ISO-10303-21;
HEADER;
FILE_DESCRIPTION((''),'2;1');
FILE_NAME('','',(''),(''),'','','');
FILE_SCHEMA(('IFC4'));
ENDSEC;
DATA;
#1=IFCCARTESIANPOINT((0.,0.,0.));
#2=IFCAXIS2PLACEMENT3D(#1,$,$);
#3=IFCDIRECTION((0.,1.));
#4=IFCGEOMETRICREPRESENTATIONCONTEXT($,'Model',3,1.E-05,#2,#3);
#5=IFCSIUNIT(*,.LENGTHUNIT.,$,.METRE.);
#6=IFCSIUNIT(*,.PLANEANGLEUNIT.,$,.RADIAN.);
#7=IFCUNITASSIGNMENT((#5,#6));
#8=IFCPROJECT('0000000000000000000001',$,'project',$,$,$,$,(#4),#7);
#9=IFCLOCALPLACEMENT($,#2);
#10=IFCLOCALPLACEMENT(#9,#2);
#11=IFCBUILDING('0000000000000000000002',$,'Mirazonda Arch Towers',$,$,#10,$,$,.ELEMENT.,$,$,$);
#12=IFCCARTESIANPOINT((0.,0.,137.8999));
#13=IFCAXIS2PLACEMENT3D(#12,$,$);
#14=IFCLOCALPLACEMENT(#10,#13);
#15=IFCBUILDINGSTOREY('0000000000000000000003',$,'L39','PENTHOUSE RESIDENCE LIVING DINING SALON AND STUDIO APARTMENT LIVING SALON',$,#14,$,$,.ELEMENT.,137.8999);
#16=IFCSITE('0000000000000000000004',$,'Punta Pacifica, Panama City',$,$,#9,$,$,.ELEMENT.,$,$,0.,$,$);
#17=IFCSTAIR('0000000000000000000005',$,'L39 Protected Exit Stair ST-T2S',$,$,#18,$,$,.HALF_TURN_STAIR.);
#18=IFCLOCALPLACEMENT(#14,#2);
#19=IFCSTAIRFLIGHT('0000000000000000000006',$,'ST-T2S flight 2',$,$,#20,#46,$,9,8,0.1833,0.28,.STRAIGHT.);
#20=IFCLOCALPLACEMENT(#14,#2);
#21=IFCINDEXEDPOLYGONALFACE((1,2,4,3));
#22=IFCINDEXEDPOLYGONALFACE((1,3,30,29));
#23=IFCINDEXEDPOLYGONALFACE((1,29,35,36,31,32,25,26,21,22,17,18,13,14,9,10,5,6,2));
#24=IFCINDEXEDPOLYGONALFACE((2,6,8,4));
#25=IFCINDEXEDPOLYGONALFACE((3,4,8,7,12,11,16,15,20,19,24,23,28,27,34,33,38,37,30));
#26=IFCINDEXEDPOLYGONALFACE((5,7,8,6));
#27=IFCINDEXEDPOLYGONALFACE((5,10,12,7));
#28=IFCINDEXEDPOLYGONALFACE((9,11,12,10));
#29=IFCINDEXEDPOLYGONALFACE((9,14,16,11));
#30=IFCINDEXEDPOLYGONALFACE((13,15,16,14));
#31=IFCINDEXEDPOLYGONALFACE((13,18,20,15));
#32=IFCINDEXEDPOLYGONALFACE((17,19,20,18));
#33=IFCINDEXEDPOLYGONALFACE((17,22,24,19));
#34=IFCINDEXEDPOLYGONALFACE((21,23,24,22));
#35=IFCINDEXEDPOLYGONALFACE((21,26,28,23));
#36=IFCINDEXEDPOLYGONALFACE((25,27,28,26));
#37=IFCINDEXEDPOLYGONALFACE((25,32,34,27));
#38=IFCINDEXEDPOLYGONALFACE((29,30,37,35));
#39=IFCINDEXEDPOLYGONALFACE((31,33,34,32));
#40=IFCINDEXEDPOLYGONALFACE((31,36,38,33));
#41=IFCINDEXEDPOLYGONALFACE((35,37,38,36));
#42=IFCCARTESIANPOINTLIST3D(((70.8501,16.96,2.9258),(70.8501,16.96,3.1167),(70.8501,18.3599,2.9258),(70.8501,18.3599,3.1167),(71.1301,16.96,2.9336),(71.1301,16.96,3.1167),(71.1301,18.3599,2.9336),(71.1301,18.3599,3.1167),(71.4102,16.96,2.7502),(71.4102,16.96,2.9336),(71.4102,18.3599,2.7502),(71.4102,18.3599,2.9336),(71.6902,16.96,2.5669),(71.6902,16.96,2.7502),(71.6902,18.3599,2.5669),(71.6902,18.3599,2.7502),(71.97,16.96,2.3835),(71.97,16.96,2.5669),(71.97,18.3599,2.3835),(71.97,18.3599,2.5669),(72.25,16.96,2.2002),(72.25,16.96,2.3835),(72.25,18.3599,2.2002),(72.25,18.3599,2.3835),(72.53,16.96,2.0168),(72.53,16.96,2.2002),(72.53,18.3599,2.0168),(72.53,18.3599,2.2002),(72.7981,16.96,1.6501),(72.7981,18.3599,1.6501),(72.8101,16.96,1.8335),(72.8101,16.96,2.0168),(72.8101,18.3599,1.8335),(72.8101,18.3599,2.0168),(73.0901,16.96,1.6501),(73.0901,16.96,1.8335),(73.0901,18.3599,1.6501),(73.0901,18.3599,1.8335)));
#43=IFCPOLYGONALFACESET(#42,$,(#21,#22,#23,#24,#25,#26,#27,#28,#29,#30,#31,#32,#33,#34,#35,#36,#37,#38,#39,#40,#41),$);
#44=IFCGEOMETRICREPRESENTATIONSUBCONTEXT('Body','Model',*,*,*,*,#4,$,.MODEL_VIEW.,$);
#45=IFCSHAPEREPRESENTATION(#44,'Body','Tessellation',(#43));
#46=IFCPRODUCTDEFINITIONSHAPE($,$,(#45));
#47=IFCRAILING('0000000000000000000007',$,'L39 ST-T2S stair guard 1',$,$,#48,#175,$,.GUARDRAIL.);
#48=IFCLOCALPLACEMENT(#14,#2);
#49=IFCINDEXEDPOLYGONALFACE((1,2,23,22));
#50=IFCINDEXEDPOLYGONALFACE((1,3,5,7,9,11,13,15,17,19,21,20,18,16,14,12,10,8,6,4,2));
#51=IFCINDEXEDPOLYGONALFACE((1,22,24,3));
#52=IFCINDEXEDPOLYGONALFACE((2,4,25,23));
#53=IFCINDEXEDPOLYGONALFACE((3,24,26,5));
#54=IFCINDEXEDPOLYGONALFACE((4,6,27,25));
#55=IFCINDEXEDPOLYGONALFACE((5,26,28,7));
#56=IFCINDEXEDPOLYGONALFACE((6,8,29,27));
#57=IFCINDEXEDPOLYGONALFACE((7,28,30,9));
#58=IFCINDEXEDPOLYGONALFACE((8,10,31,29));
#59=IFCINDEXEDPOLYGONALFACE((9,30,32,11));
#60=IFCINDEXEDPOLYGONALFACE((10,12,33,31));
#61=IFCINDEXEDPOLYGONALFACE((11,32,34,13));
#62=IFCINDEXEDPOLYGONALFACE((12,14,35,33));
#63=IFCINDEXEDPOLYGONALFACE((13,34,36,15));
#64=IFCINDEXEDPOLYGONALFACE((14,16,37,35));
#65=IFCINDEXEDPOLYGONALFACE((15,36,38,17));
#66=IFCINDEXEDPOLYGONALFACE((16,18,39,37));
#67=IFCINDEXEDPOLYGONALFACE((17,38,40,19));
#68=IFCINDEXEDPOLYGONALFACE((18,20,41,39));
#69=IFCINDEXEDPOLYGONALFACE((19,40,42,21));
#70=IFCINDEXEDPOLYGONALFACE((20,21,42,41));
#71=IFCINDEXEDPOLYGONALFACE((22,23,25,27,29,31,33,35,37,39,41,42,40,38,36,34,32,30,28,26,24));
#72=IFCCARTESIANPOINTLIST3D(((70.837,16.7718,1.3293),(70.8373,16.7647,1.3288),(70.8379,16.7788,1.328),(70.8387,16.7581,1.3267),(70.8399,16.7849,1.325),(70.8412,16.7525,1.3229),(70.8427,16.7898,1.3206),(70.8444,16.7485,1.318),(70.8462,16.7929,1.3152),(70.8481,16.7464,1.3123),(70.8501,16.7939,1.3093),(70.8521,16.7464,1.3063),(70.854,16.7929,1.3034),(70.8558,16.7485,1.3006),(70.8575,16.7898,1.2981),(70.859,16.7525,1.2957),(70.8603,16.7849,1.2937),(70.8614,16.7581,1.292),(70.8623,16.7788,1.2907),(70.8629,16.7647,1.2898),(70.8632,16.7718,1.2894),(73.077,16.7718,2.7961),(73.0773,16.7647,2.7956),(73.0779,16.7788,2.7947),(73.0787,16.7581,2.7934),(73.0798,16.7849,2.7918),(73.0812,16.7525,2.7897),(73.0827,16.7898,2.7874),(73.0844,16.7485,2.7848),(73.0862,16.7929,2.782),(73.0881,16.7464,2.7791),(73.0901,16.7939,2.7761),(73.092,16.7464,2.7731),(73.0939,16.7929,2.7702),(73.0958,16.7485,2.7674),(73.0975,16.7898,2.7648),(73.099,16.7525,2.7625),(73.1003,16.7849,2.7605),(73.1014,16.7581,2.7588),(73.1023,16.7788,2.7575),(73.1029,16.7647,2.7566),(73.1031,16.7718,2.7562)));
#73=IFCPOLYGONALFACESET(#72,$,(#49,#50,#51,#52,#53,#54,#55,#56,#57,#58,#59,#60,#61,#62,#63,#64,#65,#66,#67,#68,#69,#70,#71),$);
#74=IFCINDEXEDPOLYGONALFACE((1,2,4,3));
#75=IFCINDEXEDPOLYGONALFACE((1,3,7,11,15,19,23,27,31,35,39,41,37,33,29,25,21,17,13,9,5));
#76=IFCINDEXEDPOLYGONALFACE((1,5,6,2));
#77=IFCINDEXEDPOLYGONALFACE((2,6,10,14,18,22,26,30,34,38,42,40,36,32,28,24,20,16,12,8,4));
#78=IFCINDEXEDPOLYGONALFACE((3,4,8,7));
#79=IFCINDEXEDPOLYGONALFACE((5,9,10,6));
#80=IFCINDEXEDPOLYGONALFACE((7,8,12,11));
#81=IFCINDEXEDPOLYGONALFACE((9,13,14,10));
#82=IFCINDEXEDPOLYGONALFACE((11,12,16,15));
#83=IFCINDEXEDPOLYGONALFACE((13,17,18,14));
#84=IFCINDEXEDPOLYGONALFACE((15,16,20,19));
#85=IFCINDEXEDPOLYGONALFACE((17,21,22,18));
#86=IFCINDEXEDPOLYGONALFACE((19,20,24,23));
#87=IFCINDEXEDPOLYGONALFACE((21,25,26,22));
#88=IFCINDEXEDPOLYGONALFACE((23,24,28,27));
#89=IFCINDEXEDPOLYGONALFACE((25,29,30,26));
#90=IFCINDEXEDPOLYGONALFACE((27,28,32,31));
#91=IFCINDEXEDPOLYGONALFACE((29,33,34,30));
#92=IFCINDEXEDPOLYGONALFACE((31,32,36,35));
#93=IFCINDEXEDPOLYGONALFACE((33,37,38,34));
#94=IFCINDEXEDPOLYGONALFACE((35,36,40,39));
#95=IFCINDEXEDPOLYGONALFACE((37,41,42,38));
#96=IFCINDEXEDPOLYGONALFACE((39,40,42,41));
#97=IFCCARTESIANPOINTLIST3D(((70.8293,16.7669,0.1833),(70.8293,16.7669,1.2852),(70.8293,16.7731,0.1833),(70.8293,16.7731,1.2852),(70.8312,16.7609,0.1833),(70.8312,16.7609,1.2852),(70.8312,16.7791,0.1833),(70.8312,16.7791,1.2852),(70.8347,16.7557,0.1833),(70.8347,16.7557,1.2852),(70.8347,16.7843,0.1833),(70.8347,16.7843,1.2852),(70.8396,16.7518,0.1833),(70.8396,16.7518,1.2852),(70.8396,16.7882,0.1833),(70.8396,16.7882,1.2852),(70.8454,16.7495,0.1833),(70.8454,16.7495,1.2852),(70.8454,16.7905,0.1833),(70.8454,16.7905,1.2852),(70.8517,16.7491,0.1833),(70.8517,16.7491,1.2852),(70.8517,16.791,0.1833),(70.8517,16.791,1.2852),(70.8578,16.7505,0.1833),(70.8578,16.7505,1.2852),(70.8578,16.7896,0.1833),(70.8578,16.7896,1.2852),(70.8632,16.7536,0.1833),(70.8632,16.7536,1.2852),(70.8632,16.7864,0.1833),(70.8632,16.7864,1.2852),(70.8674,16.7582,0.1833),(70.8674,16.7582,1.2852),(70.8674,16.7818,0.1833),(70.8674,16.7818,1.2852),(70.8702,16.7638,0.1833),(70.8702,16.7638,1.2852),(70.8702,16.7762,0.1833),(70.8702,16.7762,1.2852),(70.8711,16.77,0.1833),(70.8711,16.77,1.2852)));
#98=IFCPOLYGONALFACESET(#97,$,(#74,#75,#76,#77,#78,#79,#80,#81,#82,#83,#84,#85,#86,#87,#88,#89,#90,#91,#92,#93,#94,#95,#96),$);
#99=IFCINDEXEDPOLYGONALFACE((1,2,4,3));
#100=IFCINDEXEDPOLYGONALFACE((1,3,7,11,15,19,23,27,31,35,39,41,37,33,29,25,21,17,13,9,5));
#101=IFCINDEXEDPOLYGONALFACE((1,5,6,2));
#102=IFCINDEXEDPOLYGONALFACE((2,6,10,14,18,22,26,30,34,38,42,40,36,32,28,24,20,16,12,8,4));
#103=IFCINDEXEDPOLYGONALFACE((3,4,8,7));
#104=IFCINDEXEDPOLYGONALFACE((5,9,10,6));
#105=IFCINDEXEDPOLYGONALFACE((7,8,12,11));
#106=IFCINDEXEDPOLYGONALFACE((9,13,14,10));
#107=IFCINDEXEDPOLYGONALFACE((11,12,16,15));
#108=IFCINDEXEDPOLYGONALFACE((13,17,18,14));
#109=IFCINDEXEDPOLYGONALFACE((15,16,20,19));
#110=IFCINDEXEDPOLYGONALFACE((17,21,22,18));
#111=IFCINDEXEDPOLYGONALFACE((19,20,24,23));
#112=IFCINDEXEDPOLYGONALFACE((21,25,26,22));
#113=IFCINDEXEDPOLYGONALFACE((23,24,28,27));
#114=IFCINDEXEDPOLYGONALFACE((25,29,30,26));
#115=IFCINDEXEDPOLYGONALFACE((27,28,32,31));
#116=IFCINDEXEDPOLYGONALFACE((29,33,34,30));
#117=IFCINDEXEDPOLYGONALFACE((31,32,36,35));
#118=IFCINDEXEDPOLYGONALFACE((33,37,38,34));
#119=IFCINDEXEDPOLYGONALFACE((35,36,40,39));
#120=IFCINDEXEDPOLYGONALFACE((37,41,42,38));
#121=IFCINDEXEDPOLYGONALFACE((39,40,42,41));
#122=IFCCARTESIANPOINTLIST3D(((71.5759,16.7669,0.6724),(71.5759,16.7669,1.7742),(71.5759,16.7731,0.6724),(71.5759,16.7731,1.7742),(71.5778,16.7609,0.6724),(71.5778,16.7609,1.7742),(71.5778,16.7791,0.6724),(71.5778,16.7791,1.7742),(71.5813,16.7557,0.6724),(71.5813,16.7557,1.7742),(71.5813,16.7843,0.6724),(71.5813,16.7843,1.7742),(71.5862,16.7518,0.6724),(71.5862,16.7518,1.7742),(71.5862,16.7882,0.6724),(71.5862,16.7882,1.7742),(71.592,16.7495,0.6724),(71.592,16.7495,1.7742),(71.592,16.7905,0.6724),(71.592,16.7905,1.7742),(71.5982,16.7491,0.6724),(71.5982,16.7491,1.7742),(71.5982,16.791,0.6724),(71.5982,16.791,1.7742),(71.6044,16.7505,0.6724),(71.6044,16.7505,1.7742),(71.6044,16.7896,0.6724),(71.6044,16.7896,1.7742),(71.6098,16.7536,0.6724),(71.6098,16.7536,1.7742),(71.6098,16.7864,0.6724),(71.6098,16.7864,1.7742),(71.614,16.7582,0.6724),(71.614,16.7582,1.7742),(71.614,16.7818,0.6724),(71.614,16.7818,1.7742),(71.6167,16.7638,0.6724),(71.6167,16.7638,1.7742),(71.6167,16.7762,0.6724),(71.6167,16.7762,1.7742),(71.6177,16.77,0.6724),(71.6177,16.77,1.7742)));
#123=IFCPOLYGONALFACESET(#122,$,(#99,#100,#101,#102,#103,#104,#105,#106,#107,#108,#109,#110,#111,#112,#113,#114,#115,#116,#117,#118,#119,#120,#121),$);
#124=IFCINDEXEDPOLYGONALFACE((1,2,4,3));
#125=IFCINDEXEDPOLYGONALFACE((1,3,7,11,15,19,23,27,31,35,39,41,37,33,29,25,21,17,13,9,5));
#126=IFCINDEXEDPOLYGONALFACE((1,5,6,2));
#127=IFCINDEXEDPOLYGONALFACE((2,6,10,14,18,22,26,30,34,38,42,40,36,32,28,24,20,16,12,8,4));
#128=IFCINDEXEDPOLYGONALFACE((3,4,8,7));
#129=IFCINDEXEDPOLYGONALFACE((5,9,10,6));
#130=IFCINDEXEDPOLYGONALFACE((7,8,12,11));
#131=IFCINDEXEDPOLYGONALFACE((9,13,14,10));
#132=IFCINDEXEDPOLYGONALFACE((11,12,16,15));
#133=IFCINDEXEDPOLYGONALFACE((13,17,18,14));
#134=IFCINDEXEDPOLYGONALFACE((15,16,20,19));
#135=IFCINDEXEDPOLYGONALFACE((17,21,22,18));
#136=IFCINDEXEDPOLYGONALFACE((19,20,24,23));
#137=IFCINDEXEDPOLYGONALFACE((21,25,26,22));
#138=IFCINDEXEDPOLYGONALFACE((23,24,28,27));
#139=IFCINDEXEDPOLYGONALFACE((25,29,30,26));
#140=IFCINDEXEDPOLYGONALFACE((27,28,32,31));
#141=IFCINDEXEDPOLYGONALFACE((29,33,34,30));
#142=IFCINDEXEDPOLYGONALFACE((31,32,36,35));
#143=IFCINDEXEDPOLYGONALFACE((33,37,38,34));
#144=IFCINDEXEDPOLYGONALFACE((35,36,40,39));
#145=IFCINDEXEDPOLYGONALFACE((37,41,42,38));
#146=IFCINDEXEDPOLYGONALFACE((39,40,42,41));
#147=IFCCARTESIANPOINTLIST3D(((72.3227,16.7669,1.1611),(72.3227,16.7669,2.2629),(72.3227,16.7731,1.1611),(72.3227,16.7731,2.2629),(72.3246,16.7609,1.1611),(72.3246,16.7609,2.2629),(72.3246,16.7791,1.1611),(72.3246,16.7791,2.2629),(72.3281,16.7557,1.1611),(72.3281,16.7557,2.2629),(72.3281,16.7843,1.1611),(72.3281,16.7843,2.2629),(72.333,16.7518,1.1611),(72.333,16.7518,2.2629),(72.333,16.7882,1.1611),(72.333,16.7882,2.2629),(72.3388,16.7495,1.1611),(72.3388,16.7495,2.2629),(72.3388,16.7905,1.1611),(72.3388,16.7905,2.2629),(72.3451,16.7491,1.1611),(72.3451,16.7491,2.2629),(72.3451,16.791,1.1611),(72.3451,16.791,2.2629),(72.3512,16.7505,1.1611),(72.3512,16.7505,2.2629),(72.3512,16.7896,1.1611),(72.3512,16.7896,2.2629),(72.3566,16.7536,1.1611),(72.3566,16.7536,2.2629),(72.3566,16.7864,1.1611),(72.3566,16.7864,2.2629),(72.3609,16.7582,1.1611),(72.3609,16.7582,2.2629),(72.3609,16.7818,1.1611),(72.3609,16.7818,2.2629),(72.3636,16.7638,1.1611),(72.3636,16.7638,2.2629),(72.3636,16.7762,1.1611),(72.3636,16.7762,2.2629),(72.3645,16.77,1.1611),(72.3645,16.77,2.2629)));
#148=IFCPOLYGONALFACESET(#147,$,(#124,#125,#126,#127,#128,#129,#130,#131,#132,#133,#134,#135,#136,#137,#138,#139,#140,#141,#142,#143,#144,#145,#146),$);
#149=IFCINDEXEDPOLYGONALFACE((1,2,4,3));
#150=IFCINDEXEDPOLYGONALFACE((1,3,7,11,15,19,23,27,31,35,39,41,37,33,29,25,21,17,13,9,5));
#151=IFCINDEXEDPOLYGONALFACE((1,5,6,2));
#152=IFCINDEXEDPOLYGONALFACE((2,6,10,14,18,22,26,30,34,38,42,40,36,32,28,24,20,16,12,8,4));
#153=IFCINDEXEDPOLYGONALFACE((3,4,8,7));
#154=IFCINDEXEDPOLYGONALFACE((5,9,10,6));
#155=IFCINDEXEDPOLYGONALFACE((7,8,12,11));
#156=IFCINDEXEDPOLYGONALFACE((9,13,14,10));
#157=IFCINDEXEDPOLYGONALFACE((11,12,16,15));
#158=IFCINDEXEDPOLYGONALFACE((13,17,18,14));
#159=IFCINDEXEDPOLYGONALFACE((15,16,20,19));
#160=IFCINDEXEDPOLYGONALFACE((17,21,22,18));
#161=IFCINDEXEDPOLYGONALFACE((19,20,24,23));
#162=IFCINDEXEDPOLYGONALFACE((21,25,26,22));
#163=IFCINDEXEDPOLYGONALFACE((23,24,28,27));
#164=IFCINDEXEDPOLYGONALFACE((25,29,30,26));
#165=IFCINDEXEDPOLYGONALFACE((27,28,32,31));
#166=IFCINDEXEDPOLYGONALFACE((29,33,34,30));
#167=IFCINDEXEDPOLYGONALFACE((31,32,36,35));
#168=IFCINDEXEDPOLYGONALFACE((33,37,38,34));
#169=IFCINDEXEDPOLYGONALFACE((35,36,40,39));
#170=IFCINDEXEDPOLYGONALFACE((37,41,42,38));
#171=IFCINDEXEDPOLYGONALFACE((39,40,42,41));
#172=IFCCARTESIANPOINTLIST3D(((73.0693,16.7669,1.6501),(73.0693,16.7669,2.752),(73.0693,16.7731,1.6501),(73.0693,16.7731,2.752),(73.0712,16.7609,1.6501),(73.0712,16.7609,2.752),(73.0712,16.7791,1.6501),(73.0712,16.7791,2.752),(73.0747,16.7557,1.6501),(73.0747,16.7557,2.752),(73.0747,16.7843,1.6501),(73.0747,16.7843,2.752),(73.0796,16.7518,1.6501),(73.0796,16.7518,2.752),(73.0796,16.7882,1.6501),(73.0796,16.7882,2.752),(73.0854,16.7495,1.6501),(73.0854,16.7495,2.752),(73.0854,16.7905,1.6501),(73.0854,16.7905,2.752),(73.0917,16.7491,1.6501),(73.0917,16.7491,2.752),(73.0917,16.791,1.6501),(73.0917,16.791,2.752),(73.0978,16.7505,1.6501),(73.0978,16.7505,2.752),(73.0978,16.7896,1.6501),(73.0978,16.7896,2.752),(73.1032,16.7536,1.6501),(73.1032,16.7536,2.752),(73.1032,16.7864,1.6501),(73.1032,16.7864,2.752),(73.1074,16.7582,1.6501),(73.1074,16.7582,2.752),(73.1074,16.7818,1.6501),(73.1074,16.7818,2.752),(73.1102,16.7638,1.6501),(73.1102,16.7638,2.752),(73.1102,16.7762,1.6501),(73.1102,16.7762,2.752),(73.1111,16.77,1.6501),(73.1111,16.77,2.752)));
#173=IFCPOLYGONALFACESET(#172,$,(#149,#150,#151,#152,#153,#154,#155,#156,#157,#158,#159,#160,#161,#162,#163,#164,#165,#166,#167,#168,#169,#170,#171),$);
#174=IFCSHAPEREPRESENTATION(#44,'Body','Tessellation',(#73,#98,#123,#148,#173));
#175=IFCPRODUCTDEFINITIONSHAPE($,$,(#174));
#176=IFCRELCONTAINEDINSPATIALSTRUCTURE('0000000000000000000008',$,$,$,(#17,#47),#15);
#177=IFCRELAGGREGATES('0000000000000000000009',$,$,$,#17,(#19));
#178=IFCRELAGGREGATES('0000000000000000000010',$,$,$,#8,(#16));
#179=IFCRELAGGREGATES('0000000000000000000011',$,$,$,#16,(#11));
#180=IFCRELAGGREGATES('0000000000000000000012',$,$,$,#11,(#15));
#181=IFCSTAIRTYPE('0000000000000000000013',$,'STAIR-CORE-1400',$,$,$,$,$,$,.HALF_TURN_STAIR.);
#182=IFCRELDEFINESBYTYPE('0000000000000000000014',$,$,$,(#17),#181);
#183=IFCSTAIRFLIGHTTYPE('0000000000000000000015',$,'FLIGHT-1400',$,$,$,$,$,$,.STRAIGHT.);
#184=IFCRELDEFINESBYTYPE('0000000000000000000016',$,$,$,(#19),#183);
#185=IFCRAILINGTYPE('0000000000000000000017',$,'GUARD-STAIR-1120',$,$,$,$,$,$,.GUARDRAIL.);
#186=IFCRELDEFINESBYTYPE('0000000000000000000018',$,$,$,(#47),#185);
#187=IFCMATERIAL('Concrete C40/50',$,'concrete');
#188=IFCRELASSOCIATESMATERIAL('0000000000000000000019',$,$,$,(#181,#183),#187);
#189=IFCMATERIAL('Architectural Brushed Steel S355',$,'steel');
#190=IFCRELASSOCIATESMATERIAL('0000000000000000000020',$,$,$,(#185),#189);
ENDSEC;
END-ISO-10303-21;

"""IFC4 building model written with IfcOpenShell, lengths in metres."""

from ifc_helpers import new_model, si_unit, direction, frame, origin, origin_2d, place, context, subcontext, project, spatial, polyline, circle, outline, extrude, material, type_object, element, aggregate, save


model = new_model("IFC4")

# Units and contexts
model_context = context("Model", 3, precision=1e-05, world=origin(), true_north=direction((0.0, 1.0)))
body_context = subcontext(model_context, "Body", "Model", "MODEL_VIEW")
ifc_project = project(units=[si_unit("LENGTHUNIT", "METRE"), si_unit("PLANEANGLEUNIT", "RADIAN")], contexts=[model_context])

# Site, building, storey
site_placement = place(None, origin())
site = spatial("IfcSite", under=ifc_project, at=site_placement, Name="Punta Pacifica, Panama City", CompositionType="ELEMENT", RefElevation=0.0)
building_placement = place(site_placement, origin())
building = spatial("IfcBuilding", under=site, at=building_placement, Name="Mirazonda Arch Towers", CompositionType="ELEMENT")
storey_placement = place(building_placement, frame((0.0, 0.0, 137.8999)))
storey = spatial("IfcBuildingStorey", under=building, at=storey_placement, Name="L39", Description="PENTHOUSE RESIDENCE LIVING DINING SALON AND STUDIO APARTMENT LIVING SALON", CompositionType="ELEMENT", Elevation=137.8999)

# Shared definitions
ifc_material_1 = material(Name="Concrete C40/50", Category="concrete")

# Stair, stair flight
stair_type = type_object("IfcStairType", Name="STAIR-CORE-1400", PredefinedType="HALF_TURN_STAIR", material=ifc_material_1)
stair_placement = place(storey_placement, origin())
stair = element("IfcStair", 1, at=stair_placement, inside=storey, type_object=stair_type, Name="L39 Protected Exit Stair ST-T2S", PredefinedType="HALF_TURN_STAIR")
stair_flight_type = type_object("IfcStairFlightType", Name="FLIGHT-1400", PredefinedType="STRAIGHT", material=ifc_material_1)
stair_flight_1_placement = place(storey_placement, frame((73.0901, 17.6599, 1.6501), z_axis=(0.0, 0.0, 1.0), x_axis=(-1.0, 0.0, 0.0)))
stair_flight_1 = element("IfcStairFlight", 2, at=stair_flight_1_placement, type_object=stair_flight_type, Name="ST-T2S flight 2", NumberOfRisers=9, NumberOfTreads=8, PredefinedType="STRAIGHT", RiserHeight=0.1833, TreadLength=0.28, context=body_context, shape_type="SweptSolid", body=[
    extrude(outline(polyline([(0.0, 0.0), (0.0, 0.1833), (0.28, 0.1833), (0.28, 0.3667), (0.5601, 0.3667), (0.5601, 0.55), (0.8401, 0.55), (0.8401, 0.7334), (1.1201, 0.7334), (1.1201, 0.9167), (1.3999, 0.9167), (1.3999, 1.1001), (1.6799, 1.1001), (1.6799, 1.2834), (1.96, 1.2834), (1.96, 1.4666), (2.24, 1.4666), (2.24, 1.6499), (2.24, 1.2756), (0.292, 0.0), (0.0, 0.0)])), frame((0.0, 0.7, 0.0), z_axis=(0.0, -1.0, 0.0), x_axis=(1.0, 0.0, 0.0)), (0.0, 0.0, 1.0), 1.3999),
])
aggregate(stair, [stair_flight_1])

# Railing
ifc_material_2 = material(Name="Architectural Brushed Steel S355", Category="steel")
railing_type_1 = type_object("IfcRailingType", Name="GUARD-STAIR-1120", PredefinedType="GUARDRAIL", material=ifc_material_2)
railing_1_placement = place(storey_placement, frame((70.8501, 16.77, 0.1833)))
element("IfcRailing", 3, at=railing_1_placement, inside=storey, type_object=railing_type_1, Name="L39 ST-T2S stair guard 1", PredefinedType="GUARDRAIL", context=body_context, shape_type="SweptSolid", body=[
    extrude(circle(Radius=0.0239, at=origin_2d()), frame((0.0, 0.0, 1.126), z_axis=(0.836595, 0.0, 0.547822), x_axis=(0.0, 1.0, 0.0)), (0.0, 0.0, 1.0), 2.6775),
    extrude(circle(Radius=0.021, at=origin_2d()), origin(), (0.0, 0.0, 1.0), 1.1018),
    extrude(circle(Radius=0.021, at=origin_2d()), frame((0.7466, 0.0, 0.489)), (0.0, 0.0, 1.0), 1.1018),
    extrude(circle(Radius=0.021, at=origin_2d()), frame((1.4934, 0.0, 0.9778)), (0.0, 0.0, 1.0), 1.1018),
    extrude(circle(Radius=0.021, at=origin_2d()), frame((2.24, 0.0, 1.4668)), (0.0, 0.0, 1.0), 1.1018),
])

save(model, "model.ifc")
